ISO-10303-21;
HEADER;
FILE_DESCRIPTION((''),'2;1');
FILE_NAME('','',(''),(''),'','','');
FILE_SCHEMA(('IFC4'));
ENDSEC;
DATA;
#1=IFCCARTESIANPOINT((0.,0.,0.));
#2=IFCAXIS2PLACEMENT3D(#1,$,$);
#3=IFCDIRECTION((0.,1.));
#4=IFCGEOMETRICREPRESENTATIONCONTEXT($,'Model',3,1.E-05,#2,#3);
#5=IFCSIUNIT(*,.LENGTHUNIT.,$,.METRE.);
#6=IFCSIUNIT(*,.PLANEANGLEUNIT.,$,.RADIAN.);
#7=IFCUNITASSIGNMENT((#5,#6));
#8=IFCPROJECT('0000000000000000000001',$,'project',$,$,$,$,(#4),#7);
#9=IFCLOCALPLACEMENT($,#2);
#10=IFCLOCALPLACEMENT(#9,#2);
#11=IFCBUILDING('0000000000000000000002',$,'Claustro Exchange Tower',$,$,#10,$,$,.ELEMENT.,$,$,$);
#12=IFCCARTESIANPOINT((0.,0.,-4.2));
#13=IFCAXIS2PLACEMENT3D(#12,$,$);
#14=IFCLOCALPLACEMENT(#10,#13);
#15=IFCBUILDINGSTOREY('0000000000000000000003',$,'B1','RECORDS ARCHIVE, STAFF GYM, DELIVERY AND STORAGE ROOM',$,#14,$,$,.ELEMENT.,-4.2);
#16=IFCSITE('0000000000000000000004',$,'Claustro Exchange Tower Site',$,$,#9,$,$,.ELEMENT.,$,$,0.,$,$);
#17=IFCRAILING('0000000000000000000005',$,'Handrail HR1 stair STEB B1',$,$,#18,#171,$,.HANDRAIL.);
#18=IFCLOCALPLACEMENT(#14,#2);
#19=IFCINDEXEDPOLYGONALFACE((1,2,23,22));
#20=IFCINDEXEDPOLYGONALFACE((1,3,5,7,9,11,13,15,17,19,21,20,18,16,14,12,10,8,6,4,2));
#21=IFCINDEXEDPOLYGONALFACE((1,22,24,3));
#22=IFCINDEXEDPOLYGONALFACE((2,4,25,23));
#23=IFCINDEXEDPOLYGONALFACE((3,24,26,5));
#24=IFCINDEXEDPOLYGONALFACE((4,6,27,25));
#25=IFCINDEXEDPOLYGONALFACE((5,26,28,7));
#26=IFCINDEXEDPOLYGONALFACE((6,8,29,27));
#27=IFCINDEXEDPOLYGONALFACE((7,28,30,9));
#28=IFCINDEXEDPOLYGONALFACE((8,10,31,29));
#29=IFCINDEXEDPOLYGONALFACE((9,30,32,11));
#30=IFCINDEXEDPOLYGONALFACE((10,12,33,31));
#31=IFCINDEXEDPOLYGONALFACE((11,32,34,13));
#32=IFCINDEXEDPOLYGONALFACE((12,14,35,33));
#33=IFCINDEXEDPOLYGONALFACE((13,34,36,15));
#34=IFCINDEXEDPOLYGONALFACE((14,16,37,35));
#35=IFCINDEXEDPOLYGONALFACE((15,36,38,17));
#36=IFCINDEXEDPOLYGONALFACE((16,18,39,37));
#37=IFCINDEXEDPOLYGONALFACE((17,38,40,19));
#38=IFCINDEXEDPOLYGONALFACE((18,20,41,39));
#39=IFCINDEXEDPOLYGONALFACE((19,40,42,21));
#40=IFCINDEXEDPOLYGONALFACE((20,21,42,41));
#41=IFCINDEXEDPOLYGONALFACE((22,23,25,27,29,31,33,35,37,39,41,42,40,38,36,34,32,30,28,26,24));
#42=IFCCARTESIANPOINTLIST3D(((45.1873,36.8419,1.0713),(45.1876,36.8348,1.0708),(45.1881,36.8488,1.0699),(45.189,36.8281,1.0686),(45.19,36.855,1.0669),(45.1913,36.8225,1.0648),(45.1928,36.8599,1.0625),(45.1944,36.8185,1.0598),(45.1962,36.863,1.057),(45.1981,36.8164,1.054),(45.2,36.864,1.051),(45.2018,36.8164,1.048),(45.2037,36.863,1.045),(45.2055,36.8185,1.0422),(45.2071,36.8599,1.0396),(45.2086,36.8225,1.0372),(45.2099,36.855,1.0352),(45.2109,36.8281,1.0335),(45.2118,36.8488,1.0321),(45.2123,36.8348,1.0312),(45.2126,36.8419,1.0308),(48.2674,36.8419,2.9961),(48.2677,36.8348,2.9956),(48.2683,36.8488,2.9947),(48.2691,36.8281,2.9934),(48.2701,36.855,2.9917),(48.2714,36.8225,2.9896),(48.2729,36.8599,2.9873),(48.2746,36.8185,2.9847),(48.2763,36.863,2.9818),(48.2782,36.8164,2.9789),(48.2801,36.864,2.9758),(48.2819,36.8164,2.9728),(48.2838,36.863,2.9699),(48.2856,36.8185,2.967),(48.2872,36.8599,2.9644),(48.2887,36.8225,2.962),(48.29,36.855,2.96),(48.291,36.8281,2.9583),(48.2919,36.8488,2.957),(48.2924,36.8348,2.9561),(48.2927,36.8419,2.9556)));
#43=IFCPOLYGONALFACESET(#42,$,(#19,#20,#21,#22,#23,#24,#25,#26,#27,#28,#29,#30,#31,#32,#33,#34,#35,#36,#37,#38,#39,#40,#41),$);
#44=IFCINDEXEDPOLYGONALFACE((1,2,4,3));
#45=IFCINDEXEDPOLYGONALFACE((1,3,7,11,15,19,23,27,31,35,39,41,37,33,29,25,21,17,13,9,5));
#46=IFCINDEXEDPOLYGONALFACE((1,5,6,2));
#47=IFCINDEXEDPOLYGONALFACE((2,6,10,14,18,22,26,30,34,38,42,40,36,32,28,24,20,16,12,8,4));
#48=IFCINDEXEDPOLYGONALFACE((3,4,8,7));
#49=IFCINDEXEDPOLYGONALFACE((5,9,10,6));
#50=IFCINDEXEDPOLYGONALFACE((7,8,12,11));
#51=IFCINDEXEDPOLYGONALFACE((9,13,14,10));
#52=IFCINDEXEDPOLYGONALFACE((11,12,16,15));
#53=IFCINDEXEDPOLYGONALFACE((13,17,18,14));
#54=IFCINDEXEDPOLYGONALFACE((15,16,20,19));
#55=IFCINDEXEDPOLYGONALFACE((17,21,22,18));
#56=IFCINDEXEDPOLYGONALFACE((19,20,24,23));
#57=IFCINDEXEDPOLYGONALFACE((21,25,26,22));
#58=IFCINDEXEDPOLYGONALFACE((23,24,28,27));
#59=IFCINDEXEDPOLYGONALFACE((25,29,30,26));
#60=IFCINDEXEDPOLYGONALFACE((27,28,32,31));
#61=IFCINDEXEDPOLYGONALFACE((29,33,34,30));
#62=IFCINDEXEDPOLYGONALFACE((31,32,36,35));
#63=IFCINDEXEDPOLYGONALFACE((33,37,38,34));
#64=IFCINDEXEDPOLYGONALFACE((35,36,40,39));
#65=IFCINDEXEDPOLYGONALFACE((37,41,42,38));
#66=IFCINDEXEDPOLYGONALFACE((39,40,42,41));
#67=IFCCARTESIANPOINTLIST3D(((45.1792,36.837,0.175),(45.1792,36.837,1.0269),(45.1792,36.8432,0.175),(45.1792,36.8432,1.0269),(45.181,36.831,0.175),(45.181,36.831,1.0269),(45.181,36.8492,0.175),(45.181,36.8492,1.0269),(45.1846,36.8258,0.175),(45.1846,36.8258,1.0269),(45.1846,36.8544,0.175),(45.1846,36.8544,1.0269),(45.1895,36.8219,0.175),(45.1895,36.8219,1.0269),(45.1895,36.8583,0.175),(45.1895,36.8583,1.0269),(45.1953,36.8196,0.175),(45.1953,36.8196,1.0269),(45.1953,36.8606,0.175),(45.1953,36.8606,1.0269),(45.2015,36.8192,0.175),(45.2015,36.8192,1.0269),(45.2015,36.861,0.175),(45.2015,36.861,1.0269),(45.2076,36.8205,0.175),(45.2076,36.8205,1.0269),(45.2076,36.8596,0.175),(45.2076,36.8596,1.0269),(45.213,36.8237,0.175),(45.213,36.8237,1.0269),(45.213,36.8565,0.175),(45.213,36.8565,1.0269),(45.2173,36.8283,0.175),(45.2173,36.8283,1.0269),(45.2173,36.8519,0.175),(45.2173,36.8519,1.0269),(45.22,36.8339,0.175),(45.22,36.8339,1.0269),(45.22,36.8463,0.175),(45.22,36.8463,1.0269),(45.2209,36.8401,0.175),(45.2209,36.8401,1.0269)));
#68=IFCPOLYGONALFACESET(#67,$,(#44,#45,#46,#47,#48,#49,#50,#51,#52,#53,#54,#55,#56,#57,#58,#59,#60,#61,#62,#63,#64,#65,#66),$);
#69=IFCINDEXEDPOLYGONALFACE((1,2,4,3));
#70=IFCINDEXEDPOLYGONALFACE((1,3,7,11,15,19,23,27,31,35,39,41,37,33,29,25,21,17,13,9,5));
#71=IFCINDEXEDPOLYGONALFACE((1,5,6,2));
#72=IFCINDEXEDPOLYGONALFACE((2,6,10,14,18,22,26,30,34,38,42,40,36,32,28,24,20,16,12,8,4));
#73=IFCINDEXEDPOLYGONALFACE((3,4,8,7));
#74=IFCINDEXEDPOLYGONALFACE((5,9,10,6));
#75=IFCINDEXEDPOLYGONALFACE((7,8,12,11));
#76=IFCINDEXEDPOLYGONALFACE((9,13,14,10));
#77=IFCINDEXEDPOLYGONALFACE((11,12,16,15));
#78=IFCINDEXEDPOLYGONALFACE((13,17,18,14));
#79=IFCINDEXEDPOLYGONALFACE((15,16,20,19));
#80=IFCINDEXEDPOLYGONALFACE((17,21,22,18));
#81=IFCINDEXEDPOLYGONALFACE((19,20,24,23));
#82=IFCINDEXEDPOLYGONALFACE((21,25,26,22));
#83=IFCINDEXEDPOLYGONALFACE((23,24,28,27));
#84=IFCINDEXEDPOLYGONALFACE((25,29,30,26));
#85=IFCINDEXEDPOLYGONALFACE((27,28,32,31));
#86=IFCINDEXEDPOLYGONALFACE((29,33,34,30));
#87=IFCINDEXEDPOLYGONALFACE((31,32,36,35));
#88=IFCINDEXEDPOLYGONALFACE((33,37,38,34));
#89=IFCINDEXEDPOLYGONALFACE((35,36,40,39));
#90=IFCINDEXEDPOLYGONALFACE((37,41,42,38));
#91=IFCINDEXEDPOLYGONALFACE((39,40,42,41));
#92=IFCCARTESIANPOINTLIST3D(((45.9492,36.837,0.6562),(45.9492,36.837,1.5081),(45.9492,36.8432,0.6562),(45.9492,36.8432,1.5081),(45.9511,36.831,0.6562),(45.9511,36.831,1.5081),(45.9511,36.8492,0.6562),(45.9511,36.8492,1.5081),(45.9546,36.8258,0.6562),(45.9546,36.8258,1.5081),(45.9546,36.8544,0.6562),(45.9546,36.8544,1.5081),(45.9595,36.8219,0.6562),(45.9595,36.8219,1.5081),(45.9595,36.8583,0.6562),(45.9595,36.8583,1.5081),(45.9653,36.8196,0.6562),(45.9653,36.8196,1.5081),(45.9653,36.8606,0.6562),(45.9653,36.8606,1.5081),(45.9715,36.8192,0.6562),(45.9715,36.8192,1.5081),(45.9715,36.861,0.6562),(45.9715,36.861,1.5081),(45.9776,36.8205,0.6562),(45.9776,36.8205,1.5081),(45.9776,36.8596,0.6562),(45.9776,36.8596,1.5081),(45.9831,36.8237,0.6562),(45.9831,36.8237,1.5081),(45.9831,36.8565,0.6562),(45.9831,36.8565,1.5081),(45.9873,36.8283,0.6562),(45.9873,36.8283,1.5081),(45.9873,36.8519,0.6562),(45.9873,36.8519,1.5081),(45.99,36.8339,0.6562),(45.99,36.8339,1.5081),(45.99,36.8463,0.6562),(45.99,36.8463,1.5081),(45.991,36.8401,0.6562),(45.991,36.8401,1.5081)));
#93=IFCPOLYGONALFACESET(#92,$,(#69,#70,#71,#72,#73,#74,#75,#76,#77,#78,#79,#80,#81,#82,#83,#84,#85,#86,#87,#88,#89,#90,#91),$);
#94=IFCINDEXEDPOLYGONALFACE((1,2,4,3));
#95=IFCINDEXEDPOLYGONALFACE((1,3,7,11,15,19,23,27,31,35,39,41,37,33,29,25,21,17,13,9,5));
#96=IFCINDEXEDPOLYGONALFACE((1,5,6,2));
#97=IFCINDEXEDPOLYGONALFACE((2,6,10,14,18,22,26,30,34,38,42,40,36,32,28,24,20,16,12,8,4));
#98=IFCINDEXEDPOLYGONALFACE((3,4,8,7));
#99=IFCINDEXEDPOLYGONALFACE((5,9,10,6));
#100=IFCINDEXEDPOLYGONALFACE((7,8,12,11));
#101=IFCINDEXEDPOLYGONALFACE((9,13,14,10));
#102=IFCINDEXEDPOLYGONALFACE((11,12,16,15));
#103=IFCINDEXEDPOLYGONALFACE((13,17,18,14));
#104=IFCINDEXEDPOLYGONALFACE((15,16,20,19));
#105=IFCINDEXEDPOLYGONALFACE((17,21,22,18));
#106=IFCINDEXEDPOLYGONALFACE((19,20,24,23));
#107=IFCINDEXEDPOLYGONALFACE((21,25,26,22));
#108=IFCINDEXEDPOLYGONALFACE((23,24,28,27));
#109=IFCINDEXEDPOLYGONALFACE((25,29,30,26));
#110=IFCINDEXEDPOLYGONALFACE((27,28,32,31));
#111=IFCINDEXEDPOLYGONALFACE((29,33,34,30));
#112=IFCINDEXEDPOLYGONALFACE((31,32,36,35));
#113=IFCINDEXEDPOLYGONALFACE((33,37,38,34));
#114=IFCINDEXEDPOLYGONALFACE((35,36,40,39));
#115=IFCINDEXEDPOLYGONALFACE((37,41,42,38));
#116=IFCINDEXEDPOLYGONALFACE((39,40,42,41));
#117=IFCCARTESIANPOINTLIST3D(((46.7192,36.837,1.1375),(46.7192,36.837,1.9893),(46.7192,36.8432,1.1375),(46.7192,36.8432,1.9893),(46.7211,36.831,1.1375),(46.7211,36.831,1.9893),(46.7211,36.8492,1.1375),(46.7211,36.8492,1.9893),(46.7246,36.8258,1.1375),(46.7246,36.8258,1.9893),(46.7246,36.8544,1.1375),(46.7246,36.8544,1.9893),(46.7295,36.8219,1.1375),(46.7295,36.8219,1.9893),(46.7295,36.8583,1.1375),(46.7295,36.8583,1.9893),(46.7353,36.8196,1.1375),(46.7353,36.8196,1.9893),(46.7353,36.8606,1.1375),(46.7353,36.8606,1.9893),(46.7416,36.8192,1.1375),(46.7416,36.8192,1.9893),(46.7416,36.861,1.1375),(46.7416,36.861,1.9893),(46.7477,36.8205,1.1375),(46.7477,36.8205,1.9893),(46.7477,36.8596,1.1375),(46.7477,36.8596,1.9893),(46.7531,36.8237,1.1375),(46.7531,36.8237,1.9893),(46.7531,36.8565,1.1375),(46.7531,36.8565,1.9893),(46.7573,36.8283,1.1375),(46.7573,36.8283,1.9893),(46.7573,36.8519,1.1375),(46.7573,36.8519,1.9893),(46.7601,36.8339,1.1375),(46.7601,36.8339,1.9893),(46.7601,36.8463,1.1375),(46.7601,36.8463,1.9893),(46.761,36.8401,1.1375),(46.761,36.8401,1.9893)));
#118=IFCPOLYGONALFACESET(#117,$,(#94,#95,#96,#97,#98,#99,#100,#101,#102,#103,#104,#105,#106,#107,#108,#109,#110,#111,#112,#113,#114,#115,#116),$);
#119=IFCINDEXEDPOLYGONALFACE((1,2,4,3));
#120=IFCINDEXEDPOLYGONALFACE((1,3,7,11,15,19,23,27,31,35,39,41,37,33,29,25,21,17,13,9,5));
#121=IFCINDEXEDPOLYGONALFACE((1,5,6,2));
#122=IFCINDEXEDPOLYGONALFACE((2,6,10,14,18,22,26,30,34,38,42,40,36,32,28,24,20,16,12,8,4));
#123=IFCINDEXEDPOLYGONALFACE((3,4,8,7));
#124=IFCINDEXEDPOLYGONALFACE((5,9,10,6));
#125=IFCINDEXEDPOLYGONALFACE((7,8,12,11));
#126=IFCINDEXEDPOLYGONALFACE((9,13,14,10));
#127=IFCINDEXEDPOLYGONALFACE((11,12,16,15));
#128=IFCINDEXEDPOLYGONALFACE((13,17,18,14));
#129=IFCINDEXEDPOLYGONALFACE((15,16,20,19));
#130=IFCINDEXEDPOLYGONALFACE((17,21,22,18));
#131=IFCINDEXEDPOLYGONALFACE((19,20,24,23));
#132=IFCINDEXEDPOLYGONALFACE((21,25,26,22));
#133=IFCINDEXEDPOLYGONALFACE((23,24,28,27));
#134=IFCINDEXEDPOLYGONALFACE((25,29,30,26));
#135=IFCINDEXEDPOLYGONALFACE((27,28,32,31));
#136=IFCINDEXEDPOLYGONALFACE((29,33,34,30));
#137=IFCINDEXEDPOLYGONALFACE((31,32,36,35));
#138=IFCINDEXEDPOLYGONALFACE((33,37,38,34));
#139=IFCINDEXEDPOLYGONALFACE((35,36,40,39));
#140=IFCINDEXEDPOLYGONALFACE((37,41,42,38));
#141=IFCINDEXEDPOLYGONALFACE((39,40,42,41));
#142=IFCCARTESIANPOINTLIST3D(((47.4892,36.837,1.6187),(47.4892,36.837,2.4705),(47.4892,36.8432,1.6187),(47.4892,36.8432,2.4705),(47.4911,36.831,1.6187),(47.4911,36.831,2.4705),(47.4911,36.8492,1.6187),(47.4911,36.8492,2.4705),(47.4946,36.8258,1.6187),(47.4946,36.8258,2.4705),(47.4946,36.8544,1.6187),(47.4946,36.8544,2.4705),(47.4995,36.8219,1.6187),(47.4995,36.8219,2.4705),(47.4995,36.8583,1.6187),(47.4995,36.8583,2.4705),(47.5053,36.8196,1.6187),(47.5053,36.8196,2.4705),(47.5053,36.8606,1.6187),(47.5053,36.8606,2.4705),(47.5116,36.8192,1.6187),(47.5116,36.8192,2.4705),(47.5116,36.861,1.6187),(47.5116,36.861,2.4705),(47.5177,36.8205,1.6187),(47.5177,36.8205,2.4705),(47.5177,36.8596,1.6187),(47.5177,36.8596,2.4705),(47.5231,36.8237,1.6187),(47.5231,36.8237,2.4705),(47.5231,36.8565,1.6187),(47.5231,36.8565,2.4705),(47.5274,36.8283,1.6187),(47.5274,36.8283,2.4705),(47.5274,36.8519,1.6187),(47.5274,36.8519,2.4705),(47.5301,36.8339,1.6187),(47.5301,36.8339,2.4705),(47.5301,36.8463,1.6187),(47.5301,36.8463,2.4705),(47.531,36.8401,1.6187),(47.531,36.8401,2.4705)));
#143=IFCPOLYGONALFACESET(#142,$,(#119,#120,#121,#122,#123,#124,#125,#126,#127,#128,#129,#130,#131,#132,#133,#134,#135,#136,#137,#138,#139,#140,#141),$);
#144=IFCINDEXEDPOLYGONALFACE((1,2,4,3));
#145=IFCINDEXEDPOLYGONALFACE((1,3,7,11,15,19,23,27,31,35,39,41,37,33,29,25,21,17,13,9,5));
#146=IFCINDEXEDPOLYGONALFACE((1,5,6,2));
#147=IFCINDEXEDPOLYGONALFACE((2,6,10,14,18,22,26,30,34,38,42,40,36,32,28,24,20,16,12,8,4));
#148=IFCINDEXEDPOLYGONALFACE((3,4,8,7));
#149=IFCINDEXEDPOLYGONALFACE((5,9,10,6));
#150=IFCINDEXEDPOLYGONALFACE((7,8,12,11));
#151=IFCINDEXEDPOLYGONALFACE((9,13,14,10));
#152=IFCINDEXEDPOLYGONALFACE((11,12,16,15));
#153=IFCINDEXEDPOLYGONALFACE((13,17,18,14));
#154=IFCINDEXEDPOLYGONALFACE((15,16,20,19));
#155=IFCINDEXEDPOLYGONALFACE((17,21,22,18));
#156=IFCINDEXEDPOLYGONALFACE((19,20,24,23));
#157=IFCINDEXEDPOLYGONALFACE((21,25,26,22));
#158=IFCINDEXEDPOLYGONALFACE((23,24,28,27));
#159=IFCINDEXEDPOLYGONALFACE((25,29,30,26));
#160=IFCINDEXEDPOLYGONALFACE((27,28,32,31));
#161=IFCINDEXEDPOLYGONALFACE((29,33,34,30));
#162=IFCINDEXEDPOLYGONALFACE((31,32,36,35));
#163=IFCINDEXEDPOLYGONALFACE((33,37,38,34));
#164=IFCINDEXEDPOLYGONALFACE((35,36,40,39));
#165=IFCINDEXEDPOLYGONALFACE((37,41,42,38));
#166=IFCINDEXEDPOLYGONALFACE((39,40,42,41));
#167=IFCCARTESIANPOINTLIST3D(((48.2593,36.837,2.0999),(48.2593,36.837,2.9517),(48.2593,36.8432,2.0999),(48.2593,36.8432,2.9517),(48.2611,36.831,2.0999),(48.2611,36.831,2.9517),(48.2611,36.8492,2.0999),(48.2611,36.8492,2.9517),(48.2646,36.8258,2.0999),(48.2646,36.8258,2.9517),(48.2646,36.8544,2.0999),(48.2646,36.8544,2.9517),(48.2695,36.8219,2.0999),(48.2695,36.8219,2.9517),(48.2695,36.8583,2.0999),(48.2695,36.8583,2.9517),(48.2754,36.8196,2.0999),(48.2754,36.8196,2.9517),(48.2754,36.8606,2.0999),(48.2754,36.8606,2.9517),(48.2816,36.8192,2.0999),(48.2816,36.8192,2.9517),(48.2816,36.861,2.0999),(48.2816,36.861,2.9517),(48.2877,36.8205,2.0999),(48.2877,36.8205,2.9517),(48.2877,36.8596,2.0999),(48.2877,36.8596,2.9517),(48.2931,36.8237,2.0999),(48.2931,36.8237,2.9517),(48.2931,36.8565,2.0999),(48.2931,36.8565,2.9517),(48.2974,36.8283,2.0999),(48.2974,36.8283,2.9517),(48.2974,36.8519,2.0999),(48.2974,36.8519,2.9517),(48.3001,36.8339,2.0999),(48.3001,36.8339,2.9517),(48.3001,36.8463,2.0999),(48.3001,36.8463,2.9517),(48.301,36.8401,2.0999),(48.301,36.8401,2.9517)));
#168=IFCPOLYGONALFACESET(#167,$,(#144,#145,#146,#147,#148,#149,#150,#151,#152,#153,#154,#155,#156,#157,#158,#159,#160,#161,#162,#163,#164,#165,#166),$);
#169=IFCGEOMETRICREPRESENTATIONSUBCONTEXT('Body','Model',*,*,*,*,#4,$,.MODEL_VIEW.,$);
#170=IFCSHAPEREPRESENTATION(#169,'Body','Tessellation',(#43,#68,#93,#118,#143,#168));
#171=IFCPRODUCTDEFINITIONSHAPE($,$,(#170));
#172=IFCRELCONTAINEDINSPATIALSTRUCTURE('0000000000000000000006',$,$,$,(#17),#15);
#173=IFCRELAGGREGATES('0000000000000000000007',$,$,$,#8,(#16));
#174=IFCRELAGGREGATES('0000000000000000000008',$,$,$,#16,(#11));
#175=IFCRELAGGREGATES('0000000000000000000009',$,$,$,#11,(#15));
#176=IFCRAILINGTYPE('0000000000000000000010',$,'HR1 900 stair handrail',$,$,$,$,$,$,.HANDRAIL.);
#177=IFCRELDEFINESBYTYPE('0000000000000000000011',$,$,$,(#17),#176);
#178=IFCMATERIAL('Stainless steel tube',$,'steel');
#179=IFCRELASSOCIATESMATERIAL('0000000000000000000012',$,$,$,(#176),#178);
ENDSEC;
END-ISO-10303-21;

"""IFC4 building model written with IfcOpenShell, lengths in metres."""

from ifc_helpers import new_model, si_unit, direction, frame, origin, origin_2d, place, context, subcontext, project, spatial, circle, extrude, material, type_object, element, save


model = new_model("IFC4")

# Units and contexts
model_context = context("Model", 3, precision=1e-05, world=origin(), true_north=direction((0.0, 1.0)))
body_context = subcontext(model_context, "Body", "Model", "MODEL_VIEW")
ifc_project = project(units=[si_unit("LENGTHUNIT", "METRE"), si_unit("PLANEANGLEUNIT", "RADIAN")], contexts=[model_context])

# Site, building, storey
site_placement = place(None, origin())
site = spatial("IfcSite", under=ifc_project, at=site_placement, Name="Claustro Exchange Tower Site", CompositionType="ELEMENT", RefElevation=0.0)
building_placement = place(site_placement, origin())
building = spatial("IfcBuilding", under=site, at=building_placement, Name="Claustro Exchange Tower", CompositionType="ELEMENT")
storey_placement = place(building_placement, frame((0.0, 0.0, -4.2)))
storey = spatial("IfcBuildingStorey", under=building, at=storey_placement, Name="B1", Description="RECORDS ARCHIVE, STAFF GYM, DELIVERY AND STORAGE ROOM", CompositionType="ELEMENT", Elevation=-4.2)

# Railing
ifc_material_1 = material(Name="Stainless steel tube", Category="steel")
railing_type_1 = type_object("IfcRailingType", Name="HR1 900 stair handrail", PredefinedType="HANDRAIL", material=ifc_material_1)
railing_1_placement = place(storey_placement, frame((45.2, 36.8401, 0.175)))
element("IfcRailing", 1, at=railing_1_placement, inside=storey, type_object=railing_type_1, Name="Handrail HR1 stair STEB B1", PredefinedType="HANDRAIL", context=body_context, shape_type="SweptSolid", body=[
    extrude(circle(Radius=0.0239, at=origin_2d()), frame((0.0, 0.0, 0.876), z_axis=(0.848029, 0.0, 0.529951), x_axis=(0.0, 1.0, 0.0)), (0.0, 0.0, 1.0), 3.6321),
    extrude(circle(Radius=0.021, at=origin_2d()), origin(), (0.0, 0.0, 1.0), 0.8518),
    extrude(circle(Radius=0.021, at=origin_2d()), frame((0.77, 0.0, 0.4812)), (0.0, 0.0, 1.0), 0.8518),
    extrude(circle(Radius=0.021, at=origin_2d()), frame((1.54, 0.0, 0.9624)), (0.0, 0.0, 1.0), 0.8518),
    extrude(circle(Radius=0.021, at=origin_2d()), frame((2.3101, 0.0, 1.4436)), (0.0, 0.0, 1.0), 0.8518),
    extrude(circle(Radius=0.021, at=origin_2d()), frame((3.0801, 0.0, 1.9248)), (0.0, 0.0, 1.0), 0.8518),
])

save(model, "model.ifc")
